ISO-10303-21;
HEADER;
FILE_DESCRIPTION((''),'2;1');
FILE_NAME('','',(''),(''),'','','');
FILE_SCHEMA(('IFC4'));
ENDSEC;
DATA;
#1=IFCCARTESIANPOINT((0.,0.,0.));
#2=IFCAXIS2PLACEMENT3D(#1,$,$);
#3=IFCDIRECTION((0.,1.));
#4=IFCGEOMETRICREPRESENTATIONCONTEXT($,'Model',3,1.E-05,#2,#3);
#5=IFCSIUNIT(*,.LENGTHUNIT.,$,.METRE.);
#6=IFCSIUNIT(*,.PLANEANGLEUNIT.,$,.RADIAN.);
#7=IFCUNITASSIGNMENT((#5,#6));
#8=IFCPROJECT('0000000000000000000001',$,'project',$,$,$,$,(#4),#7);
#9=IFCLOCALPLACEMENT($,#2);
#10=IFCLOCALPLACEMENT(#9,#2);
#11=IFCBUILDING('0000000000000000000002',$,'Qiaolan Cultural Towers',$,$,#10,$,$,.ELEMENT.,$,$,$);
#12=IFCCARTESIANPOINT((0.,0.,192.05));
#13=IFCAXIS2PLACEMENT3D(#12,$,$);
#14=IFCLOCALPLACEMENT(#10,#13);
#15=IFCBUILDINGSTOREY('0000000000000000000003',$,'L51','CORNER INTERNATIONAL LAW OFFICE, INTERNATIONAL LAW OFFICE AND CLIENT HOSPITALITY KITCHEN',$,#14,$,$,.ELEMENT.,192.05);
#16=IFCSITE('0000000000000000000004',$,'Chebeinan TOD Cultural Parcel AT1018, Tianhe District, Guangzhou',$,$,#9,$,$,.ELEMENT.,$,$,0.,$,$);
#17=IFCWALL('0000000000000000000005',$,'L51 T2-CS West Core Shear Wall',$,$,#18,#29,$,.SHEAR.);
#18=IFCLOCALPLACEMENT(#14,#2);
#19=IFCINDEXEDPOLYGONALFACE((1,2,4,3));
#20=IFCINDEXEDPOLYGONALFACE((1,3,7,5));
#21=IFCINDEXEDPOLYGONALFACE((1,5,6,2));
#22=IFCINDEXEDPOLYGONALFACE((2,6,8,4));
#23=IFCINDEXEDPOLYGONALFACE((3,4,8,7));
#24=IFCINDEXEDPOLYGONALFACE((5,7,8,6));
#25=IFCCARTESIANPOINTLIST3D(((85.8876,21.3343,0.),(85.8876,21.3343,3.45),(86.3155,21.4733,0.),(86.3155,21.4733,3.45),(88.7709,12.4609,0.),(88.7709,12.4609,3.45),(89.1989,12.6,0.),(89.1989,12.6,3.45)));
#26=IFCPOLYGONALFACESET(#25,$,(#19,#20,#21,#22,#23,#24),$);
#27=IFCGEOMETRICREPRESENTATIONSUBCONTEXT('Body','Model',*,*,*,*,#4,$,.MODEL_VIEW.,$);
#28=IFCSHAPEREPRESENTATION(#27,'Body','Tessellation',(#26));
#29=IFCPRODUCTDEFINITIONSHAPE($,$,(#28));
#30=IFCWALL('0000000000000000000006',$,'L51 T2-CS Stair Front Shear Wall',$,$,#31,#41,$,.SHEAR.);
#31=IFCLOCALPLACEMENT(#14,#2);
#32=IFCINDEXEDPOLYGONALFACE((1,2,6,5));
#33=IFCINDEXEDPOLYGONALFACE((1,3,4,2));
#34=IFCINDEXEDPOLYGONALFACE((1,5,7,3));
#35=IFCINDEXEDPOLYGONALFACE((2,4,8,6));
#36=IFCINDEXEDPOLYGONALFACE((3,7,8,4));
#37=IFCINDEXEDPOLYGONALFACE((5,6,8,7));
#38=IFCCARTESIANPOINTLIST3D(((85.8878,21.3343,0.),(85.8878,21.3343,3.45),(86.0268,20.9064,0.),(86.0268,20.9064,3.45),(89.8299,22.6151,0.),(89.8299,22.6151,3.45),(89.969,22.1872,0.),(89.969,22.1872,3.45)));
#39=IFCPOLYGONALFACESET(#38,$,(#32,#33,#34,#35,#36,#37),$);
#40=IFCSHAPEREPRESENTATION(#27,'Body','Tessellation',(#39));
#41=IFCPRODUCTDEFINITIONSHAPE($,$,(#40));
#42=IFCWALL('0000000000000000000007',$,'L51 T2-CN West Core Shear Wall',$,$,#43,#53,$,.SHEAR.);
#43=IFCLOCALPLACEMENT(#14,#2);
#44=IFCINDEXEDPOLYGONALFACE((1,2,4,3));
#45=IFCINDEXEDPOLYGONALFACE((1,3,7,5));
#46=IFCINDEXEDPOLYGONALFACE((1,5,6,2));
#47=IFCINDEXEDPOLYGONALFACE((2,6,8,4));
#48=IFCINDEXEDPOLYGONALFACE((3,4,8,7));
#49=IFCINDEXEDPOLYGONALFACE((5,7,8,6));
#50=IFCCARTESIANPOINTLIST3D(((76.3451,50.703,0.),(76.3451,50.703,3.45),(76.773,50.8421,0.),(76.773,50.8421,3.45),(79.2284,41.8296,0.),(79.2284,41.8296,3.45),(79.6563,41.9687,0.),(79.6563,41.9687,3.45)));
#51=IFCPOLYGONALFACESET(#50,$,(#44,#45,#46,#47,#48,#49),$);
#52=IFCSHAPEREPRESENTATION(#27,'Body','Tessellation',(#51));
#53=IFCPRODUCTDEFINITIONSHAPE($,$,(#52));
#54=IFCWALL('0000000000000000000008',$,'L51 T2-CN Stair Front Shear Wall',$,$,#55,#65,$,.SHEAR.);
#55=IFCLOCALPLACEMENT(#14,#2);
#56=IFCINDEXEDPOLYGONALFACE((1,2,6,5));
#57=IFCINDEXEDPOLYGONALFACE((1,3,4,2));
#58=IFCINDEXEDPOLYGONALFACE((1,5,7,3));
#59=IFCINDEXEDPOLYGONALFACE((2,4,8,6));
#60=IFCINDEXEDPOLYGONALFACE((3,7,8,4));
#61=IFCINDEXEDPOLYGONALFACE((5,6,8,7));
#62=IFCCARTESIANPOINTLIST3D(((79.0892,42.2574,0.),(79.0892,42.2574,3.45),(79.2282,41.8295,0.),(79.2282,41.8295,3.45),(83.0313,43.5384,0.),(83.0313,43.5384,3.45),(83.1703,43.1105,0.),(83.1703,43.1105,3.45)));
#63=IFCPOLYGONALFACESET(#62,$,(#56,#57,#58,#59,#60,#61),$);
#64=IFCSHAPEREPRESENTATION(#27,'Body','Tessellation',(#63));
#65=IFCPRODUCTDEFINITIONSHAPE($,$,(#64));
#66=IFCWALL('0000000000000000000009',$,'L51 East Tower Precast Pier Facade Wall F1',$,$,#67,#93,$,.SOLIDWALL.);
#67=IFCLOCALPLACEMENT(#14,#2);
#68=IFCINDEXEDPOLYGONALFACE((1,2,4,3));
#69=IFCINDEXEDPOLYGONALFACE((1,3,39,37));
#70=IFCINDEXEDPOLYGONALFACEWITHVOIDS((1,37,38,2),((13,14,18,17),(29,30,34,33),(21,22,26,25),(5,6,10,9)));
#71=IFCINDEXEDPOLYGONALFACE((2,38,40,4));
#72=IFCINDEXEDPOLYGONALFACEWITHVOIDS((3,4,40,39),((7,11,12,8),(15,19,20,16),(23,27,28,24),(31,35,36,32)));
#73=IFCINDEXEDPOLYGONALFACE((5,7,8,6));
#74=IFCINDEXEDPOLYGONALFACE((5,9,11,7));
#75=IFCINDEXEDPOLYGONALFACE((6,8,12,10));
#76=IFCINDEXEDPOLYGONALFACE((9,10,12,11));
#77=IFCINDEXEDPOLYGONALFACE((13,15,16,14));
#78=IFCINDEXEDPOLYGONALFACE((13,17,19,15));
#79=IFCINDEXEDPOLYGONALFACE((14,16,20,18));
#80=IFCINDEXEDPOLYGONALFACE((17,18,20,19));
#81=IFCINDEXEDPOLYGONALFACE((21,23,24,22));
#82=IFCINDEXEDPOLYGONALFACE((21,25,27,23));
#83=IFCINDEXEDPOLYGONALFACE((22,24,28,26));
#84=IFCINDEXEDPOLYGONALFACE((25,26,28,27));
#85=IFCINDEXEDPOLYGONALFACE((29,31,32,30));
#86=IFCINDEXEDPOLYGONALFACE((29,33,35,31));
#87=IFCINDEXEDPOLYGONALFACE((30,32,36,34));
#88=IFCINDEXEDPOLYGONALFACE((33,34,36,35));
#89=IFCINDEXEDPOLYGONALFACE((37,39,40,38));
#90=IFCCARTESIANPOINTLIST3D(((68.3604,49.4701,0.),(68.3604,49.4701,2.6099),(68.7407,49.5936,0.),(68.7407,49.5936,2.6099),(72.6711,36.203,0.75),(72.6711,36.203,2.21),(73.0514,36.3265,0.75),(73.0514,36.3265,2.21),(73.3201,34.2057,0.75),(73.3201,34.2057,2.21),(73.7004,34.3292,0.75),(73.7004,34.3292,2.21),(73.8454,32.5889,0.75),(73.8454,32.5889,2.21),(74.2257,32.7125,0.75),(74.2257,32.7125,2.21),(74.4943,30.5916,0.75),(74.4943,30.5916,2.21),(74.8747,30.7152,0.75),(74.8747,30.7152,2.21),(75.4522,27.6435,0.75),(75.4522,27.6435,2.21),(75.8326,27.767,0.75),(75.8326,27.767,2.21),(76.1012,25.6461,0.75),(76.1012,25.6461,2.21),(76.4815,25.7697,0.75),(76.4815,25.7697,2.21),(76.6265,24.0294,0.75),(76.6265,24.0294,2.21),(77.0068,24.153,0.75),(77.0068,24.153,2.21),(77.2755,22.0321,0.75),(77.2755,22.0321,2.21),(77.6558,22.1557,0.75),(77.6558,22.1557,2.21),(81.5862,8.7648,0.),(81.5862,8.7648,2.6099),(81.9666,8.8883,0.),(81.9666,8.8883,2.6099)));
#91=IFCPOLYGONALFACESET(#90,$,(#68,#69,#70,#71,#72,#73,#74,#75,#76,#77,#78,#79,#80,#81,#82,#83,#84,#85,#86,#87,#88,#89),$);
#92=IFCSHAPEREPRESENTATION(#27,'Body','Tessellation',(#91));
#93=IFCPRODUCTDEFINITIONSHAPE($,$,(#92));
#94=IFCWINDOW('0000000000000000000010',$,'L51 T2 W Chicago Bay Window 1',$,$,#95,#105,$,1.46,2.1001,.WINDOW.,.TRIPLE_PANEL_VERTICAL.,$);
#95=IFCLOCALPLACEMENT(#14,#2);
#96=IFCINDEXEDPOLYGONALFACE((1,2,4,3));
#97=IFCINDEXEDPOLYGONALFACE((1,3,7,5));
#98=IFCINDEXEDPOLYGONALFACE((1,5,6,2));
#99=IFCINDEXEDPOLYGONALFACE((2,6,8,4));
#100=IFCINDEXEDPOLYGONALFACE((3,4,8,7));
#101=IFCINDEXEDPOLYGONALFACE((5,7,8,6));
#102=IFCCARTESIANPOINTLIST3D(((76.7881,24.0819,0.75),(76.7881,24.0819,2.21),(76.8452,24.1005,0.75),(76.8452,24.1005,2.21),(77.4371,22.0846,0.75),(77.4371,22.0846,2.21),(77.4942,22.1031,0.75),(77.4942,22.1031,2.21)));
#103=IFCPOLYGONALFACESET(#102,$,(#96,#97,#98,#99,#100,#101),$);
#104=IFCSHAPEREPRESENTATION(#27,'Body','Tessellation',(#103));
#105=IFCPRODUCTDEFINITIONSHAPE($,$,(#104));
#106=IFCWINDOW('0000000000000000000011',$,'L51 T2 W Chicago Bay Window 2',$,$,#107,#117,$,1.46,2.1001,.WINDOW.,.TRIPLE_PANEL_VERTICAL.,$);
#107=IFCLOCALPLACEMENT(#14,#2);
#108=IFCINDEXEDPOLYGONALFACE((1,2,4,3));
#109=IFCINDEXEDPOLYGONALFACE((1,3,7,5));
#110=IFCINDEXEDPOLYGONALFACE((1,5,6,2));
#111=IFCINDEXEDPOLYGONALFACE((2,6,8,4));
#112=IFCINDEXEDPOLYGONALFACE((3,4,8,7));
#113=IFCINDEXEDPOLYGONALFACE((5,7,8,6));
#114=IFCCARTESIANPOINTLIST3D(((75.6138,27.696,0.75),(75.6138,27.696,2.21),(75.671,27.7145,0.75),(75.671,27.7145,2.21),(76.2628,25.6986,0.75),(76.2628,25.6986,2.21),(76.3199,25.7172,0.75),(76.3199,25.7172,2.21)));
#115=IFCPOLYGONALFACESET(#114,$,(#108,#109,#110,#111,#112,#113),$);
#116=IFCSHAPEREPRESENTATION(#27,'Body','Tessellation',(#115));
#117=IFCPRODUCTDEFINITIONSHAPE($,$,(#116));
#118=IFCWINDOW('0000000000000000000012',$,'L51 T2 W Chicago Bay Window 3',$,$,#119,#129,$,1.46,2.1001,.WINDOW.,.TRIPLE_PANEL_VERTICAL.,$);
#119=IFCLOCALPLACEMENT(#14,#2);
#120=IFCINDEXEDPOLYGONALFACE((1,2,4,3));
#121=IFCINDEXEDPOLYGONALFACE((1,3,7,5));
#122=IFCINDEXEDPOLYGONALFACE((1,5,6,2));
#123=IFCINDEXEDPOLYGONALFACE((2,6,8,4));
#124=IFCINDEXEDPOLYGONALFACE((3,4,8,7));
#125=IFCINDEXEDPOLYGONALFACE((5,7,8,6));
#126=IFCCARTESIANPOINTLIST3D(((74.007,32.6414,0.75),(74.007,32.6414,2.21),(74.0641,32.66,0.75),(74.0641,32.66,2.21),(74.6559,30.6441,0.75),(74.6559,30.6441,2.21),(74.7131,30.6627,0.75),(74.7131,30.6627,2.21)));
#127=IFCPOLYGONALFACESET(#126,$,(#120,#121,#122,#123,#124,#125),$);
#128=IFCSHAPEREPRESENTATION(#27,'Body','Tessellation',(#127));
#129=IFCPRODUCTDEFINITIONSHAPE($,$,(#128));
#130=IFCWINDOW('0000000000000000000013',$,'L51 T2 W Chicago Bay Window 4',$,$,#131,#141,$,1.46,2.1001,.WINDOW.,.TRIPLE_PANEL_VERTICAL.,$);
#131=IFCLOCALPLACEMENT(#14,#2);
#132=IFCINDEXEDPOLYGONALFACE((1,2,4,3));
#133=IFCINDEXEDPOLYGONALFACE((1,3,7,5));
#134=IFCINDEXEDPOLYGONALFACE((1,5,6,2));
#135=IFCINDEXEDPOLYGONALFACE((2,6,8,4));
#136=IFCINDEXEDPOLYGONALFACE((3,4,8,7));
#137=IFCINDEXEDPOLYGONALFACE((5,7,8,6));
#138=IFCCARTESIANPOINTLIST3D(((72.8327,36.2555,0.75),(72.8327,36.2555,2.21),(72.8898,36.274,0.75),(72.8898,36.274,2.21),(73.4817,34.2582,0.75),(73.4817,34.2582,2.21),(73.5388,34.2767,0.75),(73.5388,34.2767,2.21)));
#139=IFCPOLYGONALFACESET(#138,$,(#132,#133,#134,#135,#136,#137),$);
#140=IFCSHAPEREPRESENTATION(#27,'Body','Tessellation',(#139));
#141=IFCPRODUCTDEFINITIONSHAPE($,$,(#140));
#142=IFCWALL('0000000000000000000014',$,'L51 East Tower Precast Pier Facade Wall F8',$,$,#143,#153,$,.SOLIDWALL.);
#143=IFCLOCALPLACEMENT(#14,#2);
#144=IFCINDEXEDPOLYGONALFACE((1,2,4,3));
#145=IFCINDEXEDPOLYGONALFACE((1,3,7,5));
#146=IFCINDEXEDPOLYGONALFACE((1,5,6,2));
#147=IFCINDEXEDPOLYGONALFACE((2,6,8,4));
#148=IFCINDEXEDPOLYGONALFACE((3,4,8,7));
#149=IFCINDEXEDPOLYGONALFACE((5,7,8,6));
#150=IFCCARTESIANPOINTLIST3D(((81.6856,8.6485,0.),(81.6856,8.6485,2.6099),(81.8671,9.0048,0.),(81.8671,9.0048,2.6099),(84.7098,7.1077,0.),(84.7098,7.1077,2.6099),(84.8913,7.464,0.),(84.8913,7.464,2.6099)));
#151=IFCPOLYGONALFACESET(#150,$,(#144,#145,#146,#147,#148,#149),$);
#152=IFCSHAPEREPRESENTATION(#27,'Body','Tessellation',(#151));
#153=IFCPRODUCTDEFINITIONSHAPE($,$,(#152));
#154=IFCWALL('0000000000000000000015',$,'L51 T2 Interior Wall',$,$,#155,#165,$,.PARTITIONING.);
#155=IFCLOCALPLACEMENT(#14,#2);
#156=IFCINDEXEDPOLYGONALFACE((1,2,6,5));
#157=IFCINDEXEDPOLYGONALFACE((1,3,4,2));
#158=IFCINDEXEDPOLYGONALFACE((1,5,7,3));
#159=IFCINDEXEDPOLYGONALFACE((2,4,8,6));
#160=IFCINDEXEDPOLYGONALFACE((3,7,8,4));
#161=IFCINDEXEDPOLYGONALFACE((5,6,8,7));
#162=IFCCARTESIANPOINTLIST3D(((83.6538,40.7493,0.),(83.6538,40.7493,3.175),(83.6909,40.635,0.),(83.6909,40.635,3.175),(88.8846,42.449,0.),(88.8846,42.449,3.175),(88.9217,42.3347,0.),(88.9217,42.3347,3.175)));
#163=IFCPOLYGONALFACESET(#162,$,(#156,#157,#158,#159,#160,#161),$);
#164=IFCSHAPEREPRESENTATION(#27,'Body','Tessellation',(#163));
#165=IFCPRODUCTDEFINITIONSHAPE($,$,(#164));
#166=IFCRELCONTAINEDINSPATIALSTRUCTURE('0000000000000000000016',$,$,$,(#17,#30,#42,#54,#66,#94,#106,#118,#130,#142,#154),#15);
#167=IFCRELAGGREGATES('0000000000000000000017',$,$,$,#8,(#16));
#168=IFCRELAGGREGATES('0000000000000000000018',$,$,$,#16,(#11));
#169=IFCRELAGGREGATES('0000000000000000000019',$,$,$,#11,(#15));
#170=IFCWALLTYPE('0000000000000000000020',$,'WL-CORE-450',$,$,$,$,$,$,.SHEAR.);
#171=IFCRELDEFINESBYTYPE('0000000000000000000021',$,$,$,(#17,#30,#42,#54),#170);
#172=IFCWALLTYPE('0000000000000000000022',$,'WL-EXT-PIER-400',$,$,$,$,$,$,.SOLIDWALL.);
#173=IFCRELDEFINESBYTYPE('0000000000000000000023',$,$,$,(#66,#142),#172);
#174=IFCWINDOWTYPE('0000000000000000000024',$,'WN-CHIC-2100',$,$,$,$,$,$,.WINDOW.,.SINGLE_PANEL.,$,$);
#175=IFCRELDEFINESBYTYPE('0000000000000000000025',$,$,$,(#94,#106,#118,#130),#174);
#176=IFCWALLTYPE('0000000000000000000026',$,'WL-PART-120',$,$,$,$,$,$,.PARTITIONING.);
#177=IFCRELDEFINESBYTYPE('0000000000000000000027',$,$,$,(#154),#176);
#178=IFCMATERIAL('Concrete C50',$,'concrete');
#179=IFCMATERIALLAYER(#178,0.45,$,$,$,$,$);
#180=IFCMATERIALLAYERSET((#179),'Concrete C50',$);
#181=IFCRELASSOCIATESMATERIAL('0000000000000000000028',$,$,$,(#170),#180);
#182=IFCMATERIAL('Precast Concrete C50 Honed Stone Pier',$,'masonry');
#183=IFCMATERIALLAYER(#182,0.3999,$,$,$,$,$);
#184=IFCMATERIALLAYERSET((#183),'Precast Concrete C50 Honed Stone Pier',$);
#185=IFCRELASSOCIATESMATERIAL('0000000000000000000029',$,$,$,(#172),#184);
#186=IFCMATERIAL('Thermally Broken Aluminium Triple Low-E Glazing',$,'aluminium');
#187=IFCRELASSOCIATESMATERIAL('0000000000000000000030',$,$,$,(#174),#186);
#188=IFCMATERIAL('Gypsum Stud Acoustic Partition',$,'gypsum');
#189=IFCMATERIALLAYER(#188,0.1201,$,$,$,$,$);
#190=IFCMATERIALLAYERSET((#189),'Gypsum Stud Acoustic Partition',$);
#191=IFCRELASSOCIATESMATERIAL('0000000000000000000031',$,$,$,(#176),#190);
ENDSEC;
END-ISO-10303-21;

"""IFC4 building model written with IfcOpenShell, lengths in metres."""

from ifc_helpers import new_model, si_unit, direction, frame, frame_2d, origin, place, context, subcontext, project, spatial, rectangle, extrude, material, layer, layer_set, type_object, element, fill, save


model = new_model("IFC4")

# Units and contexts
model_context = context("Model", 3, precision=1e-05, world=origin(), true_north=direction((0.0, 1.0)))
body_context = subcontext(model_context, "Body", "Model", "MODEL_VIEW")
ifc_project = project(units=[si_unit("LENGTHUNIT", "METRE"), si_unit("PLANEANGLEUNIT", "RADIAN")], contexts=[model_context])

# Site, building, storey
site_placement = place(None, origin())
site = spatial("IfcSite", under=ifc_project, at=site_placement, Name="Chebeinan TOD Cultural Parcel AT1018, Tianhe District, Guangzhou", CompositionType="ELEMENT", RefElevation=0.0)
building_placement = place(site_placement, origin())
building = spatial("IfcBuilding", under=site, at=building_placement, Name="Qiaolan Cultural Towers", CompositionType="ELEMENT")
storey_placement = place(building_placement, frame((0.0, 0.0, 192.05)))
storey = spatial("IfcBuildingStorey", under=building, at=storey_placement, Name="L51", Description="CORNER INTERNATIONAL LAW OFFICE, INTERNATIONAL LAW OFFICE AND CLIENT HOSPITALITY KITCHEN", CompositionType="ELEMENT", Elevation=192.05)

# Walls
ifc_material_1 = material(Name="Concrete C50", Category="concrete")
ifc_layer_1 = layer(ifc_material_1, 0.45)
ifc_layer_set_1 = layer_set([ifc_layer_1], Name="Concrete C50")
wall_type_1 = type_object("IfcWallType", Name="WL-CORE-450", PredefinedType="SHEAR", material=ifc_layer_set_1)
wall_1_placement = place(storey_placement, frame((86.1016, 21.4038, 0.0), z_axis=(0.0, 0.0, 1.0), x_axis=(0.309036, -0.95105, 0.0)))
element("IfcWall", 1, at=wall_1_placement, inside=storey, type_object=wall_type_1, Name="L51 T2-CS West Core Shear Wall", PredefinedType="SHEAR", context=body_context, shape_type="SweptSolid", body=[
    extrude(rectangle(XDim=9.3301, YDim=0.45, at=frame_2d((4.665, 0.0))), origin(), (0.0, 0.0, 1.0), 3.45),
])
wall_2_placement = place(storey_placement, frame((85.9573, 21.1204, 0.0), z_axis=(0.0, 0.0, 1.0), x_axis=(0.951065, 0.308992, 0.0)))
element("IfcWall", 2, at=wall_2_placement, inside=storey, type_object=wall_type_1, Name="L51 T2-CS Stair Front Shear Wall", PredefinedType="SHEAR", context=body_context, shape_type="SweptSolid", body=[
    extrude(rectangle(XDim=4.145, YDim=0.45, at=frame_2d((2.0725, 0.0))), origin(), (0.0, 0.0, 1.0), 3.45),
])
wall_3_placement = place(storey_placement, frame((79.4424, 41.8992, 0.0), z_axis=(0.0, 0.0, 1.0), x_axis=(-0.309036, 0.95105, 0.0)))
element("IfcWall", 3, at=wall_3_placement, inside=storey, type_object=wall_type_1, Name="L51 T2-CN West Core Shear Wall", PredefinedType="SHEAR", context=body_context, shape_type="SweptSolid", body=[
    extrude(rectangle(XDim=9.3301, YDim=0.45, at=frame_2d((4.665, 0.0))), origin(), (0.0, 0.0, 1.0), 3.45),
])
wall_4_placement = place(storey_placement, frame((79.1587, 42.0435, 0.0), z_axis=(0.0, 0.0, 1.0), x_axis=(0.951047, 0.309045, 0.0)))
element("IfcWall", 4, at=wall_4_placement, inside=storey, type_object=wall_type_1, Name="L51 T2-CN Stair Front Shear Wall", PredefinedType="SHEAR", context=body_context, shape_type="SweptSolid", body=[
    extrude(rectangle(XDim=4.145, YDim=0.45, at=frame_2d((2.0725, 0.0))), origin(), (0.0, 0.0, 1.0), 3.45),
])

# Wall, openings, windows
ifc_material_2 = material(Name="Precast Concrete C50 Honed Stone Pier", Category="masonry")
ifc_layer_2 = layer(ifc_material_2, 0.3999)
ifc_layer_set_2 = layer_set([ifc_layer_2], Name="Precast Concrete C50 Honed Stone Pier")
wall_type_2 = type_object("IfcWallType", Name="WL-EXT-PIER-400", PredefinedType="SOLIDWALL", material=ifc_layer_set_2)
wall_5_placement = place(storey_placement, frame((81.7764, 8.8267, 0.0), z_axis=(0.0, 0.0, 1.0), x_axis=(-0.309014, 0.951057, 0.0)))
wall_5 = element("IfcWall", 5, at=wall_5_placement, inside=storey, type_object=wall_type_2, Name="L51 East Tower Precast Pier Facade Wall F1", PredefinedType="SOLIDWALL", context=body_context, shape_type="SweptSolid", body=[
    extrude(rectangle(XDim=42.8, YDim=0.3999, at=frame_2d((21.3999, 0.0))), origin(), (0.0, 0.0, 1.0), 2.6099),
])
opening_1_placement = place(wall_5_placement, frame((13.95, 0.0, 0.75)))
opening_1 = element("IfcOpeningElement", 6, at=opening_1_placement, cuts=wall_5, PredefinedType="OPENING", context=body_context, shape_type="SweptSolid", body=[
    extrude(rectangle(XDim=2.1001, YDim=1.46, at=frame_2d((1.05, 0.73))), frame((0.0, 0.21, 0.0), z_axis=(0.0, -1.0, 0.0), x_axis=(1.0, 0.0, 0.0)), (0.0, 0.0, 1.0), 0.4199),
])
opening_2_placement = place(wall_5_placement, frame((17.75, 0.0, 0.75)))
opening_2 = element("IfcOpeningElement", 7, at=opening_2_placement, cuts=wall_5, PredefinedType="OPENING", context=body_context, shape_type="SweptSolid", body=[
    extrude(rectangle(XDim=2.1001, YDim=1.46, at=frame_2d((1.05, 0.73))), frame((0.0, 0.21, 0.0), z_axis=(0.0, -1.0, 0.0), x_axis=(1.0, 0.0, 0.0)), (0.0, 0.0, 1.0), 0.4199),
])
opening_3_placement = place(wall_5_placement, frame((22.95, 0.0, 0.75)))
opening_3 = element("IfcOpeningElement", 8, at=opening_3_placement, cuts=wall_5, PredefinedType="OPENING", context=body_context, shape_type="SweptSolid", body=[
    extrude(rectangle(XDim=2.1001, YDim=1.46, at=frame_2d((1.05, 0.73))), frame((0.0, 0.21, 0.0), z_axis=(0.0, -1.0, 0.0), x_axis=(1.0, 0.0, 0.0)), (0.0, 0.0, 1.0), 0.4199),
])
opening_4_placement = place(wall_5_placement, frame((26.75, 0.0, 0.75)))
opening_4 = element("IfcOpeningElement", 9, at=opening_4_placement, cuts=wall_5, PredefinedType="OPENING", context=body_context, shape_type="SweptSolid", body=[
    extrude(rectangle(XDim=2.1001, YDim=1.46, at=frame_2d((1.05, 0.73))), frame((0.0, 0.21, 0.0), z_axis=(0.0, -1.0, 0.0), x_axis=(1.0, 0.0, 0.0)), (0.0, 0.0, 1.0), 0.4199),
])
ifc_material_3 = material(Name="Thermally Broken Aluminium Triple Low-E Glazing", Category="aluminium")
window_type = type_object("IfcWindowType", Name="WN-CHIC-2100", PartitioningType="SINGLE_PANEL", PredefinedType="WINDOW", material=ifc_material_3)
window_1_placement = place(opening_1_placement, origin())
window_1 = element("IfcWindow", 10, at=window_1_placement, inside=storey, type_object=window_type, Name="L51 T2 W Chicago Bay Window 1", OverallHeight=1.46, OverallWidth=2.1001, PartitioningType="TRIPLE_PANEL_VERTICAL", PredefinedType="WINDOW", context=body_context, shape_type="SweptSolid", body=[
    extrude(rectangle(XDim=2.1001, YDim=1.46, at=frame_2d((1.05, 0.73))), frame((0.0, 0.03, 0.0), z_axis=(0.0, -1.0, 0.0), x_axis=(1.0, 0.0, 0.0)), (0.0, 0.0, 1.0), 0.0601),
])
fill(opening_1, window_1)
window_2_placement = place(opening_2_placement, origin())
window_2 = element("IfcWindow", 11, at=window_2_placement, inside=storey, type_object=window_type, Name="L51 T2 W Chicago Bay Window 2", OverallHeight=1.46, OverallWidth=2.1001, PartitioningType="TRIPLE_PANEL_VERTICAL", PredefinedType="WINDOW", context=body_context, shape_type="SweptSolid", body=[
    extrude(rectangle(XDim=2.1001, YDim=1.46, at=frame_2d((1.05, 0.73))), frame((0.0, 0.03, 0.0), z_axis=(0.0, -1.0, 0.0), x_axis=(1.0, 0.0, 0.0)), (0.0, 0.0, 1.0), 0.0601),
])
fill(opening_2, window_2)
window_3_placement = place(opening_3_placement, origin())
window_3 = element("IfcWindow", 12, at=window_3_placement, inside=storey, type_object=window_type, Name="L51 T2 W Chicago Bay Window 3", OverallHeight=1.46, OverallWidth=2.1001, PartitioningType="TRIPLE_PANEL_VERTICAL", PredefinedType="WINDOW", context=body_context, shape_type="SweptSolid", body=[
    extrude(rectangle(XDim=2.1001, YDim=1.46, at=frame_2d((1.05, 0.73))), frame((0.0, 0.03, 0.0), z_axis=(0.0, -1.0, 0.0), x_axis=(1.0, 0.0, 0.0)), (0.0, 0.0, 1.0), 0.0601),
])
fill(opening_3, window_3)
window_4_placement = place(opening_4_placement, origin())
window_4 = element("IfcWindow", 13, at=window_4_placement, inside=storey, type_object=window_type, Name="L51 T2 W Chicago Bay Window 4", OverallHeight=1.46, OverallWidth=2.1001, PartitioningType="TRIPLE_PANEL_VERTICAL", PredefinedType="WINDOW", context=body_context, shape_type="SweptSolid", body=[
    extrude(rectangle(XDim=2.1001, YDim=1.46, at=frame_2d((1.05, 0.73))), frame((0.0, 0.03, 0.0), z_axis=(0.0, -1.0, 0.0), x_axis=(1.0, 0.0, 0.0)), (0.0, 0.0, 1.0), 0.0601),
])
fill(opening_4, window_4)

# Walls
wall_6_placement = place(storey_placement, frame((84.8005, 7.2859, 0.0), z_axis=(0.0, 0.0, 1.0), x_axis=(-0.891021, 0.453962, 0.0)))
element("IfcWall", 14, at=wall_6_placement, inside=storey, type_object=wall_type_2, Name="L51 East Tower Precast Pier Facade Wall F8", PredefinedType="SOLIDWALL", context=body_context, shape_type="SweptSolid", body=[
    extrude(rectangle(XDim=3.394, YDim=0.3999, at=frame_2d((1.697, 0.0))), origin(), (0.0, 0.0, 1.0), 2.6099),
])
ifc_material_4 = material(Name="Gypsum Stud Acoustic Partition", Category="gypsum")
ifc_layer_3 = layer(ifc_material_4, 0.1201)
ifc_layer_set_3 = layer_set([ifc_layer_3], Name="Gypsum Stud Acoustic Partition")
wall_type_3 = type_object("IfcWallType", Name="WL-PART-120", PredefinedType="PARTITIONING", material=ifc_layer_set_3)
wall_7_placement = place(storey_placement, frame((83.6724, 40.6921, 0.0), z_axis=(0.0, 0.0, 1.0), x_axis=(0.951049, 0.309041, 0.0)))
element("IfcWall", 15, at=wall_7_placement, inside=storey, type_object=wall_type_3, Name="L51 T2 Interior Wall", PredefinedType="PARTITIONING", context=body_context, shape_type="SweptSolid", body=[
    extrude(rectangle(XDim=5.5, YDim=0.1201, at=frame_2d((2.75, 0.0))), origin(), (0.0, 0.0, 1.0), 3.175),
])

save(model, "model.ifc")
